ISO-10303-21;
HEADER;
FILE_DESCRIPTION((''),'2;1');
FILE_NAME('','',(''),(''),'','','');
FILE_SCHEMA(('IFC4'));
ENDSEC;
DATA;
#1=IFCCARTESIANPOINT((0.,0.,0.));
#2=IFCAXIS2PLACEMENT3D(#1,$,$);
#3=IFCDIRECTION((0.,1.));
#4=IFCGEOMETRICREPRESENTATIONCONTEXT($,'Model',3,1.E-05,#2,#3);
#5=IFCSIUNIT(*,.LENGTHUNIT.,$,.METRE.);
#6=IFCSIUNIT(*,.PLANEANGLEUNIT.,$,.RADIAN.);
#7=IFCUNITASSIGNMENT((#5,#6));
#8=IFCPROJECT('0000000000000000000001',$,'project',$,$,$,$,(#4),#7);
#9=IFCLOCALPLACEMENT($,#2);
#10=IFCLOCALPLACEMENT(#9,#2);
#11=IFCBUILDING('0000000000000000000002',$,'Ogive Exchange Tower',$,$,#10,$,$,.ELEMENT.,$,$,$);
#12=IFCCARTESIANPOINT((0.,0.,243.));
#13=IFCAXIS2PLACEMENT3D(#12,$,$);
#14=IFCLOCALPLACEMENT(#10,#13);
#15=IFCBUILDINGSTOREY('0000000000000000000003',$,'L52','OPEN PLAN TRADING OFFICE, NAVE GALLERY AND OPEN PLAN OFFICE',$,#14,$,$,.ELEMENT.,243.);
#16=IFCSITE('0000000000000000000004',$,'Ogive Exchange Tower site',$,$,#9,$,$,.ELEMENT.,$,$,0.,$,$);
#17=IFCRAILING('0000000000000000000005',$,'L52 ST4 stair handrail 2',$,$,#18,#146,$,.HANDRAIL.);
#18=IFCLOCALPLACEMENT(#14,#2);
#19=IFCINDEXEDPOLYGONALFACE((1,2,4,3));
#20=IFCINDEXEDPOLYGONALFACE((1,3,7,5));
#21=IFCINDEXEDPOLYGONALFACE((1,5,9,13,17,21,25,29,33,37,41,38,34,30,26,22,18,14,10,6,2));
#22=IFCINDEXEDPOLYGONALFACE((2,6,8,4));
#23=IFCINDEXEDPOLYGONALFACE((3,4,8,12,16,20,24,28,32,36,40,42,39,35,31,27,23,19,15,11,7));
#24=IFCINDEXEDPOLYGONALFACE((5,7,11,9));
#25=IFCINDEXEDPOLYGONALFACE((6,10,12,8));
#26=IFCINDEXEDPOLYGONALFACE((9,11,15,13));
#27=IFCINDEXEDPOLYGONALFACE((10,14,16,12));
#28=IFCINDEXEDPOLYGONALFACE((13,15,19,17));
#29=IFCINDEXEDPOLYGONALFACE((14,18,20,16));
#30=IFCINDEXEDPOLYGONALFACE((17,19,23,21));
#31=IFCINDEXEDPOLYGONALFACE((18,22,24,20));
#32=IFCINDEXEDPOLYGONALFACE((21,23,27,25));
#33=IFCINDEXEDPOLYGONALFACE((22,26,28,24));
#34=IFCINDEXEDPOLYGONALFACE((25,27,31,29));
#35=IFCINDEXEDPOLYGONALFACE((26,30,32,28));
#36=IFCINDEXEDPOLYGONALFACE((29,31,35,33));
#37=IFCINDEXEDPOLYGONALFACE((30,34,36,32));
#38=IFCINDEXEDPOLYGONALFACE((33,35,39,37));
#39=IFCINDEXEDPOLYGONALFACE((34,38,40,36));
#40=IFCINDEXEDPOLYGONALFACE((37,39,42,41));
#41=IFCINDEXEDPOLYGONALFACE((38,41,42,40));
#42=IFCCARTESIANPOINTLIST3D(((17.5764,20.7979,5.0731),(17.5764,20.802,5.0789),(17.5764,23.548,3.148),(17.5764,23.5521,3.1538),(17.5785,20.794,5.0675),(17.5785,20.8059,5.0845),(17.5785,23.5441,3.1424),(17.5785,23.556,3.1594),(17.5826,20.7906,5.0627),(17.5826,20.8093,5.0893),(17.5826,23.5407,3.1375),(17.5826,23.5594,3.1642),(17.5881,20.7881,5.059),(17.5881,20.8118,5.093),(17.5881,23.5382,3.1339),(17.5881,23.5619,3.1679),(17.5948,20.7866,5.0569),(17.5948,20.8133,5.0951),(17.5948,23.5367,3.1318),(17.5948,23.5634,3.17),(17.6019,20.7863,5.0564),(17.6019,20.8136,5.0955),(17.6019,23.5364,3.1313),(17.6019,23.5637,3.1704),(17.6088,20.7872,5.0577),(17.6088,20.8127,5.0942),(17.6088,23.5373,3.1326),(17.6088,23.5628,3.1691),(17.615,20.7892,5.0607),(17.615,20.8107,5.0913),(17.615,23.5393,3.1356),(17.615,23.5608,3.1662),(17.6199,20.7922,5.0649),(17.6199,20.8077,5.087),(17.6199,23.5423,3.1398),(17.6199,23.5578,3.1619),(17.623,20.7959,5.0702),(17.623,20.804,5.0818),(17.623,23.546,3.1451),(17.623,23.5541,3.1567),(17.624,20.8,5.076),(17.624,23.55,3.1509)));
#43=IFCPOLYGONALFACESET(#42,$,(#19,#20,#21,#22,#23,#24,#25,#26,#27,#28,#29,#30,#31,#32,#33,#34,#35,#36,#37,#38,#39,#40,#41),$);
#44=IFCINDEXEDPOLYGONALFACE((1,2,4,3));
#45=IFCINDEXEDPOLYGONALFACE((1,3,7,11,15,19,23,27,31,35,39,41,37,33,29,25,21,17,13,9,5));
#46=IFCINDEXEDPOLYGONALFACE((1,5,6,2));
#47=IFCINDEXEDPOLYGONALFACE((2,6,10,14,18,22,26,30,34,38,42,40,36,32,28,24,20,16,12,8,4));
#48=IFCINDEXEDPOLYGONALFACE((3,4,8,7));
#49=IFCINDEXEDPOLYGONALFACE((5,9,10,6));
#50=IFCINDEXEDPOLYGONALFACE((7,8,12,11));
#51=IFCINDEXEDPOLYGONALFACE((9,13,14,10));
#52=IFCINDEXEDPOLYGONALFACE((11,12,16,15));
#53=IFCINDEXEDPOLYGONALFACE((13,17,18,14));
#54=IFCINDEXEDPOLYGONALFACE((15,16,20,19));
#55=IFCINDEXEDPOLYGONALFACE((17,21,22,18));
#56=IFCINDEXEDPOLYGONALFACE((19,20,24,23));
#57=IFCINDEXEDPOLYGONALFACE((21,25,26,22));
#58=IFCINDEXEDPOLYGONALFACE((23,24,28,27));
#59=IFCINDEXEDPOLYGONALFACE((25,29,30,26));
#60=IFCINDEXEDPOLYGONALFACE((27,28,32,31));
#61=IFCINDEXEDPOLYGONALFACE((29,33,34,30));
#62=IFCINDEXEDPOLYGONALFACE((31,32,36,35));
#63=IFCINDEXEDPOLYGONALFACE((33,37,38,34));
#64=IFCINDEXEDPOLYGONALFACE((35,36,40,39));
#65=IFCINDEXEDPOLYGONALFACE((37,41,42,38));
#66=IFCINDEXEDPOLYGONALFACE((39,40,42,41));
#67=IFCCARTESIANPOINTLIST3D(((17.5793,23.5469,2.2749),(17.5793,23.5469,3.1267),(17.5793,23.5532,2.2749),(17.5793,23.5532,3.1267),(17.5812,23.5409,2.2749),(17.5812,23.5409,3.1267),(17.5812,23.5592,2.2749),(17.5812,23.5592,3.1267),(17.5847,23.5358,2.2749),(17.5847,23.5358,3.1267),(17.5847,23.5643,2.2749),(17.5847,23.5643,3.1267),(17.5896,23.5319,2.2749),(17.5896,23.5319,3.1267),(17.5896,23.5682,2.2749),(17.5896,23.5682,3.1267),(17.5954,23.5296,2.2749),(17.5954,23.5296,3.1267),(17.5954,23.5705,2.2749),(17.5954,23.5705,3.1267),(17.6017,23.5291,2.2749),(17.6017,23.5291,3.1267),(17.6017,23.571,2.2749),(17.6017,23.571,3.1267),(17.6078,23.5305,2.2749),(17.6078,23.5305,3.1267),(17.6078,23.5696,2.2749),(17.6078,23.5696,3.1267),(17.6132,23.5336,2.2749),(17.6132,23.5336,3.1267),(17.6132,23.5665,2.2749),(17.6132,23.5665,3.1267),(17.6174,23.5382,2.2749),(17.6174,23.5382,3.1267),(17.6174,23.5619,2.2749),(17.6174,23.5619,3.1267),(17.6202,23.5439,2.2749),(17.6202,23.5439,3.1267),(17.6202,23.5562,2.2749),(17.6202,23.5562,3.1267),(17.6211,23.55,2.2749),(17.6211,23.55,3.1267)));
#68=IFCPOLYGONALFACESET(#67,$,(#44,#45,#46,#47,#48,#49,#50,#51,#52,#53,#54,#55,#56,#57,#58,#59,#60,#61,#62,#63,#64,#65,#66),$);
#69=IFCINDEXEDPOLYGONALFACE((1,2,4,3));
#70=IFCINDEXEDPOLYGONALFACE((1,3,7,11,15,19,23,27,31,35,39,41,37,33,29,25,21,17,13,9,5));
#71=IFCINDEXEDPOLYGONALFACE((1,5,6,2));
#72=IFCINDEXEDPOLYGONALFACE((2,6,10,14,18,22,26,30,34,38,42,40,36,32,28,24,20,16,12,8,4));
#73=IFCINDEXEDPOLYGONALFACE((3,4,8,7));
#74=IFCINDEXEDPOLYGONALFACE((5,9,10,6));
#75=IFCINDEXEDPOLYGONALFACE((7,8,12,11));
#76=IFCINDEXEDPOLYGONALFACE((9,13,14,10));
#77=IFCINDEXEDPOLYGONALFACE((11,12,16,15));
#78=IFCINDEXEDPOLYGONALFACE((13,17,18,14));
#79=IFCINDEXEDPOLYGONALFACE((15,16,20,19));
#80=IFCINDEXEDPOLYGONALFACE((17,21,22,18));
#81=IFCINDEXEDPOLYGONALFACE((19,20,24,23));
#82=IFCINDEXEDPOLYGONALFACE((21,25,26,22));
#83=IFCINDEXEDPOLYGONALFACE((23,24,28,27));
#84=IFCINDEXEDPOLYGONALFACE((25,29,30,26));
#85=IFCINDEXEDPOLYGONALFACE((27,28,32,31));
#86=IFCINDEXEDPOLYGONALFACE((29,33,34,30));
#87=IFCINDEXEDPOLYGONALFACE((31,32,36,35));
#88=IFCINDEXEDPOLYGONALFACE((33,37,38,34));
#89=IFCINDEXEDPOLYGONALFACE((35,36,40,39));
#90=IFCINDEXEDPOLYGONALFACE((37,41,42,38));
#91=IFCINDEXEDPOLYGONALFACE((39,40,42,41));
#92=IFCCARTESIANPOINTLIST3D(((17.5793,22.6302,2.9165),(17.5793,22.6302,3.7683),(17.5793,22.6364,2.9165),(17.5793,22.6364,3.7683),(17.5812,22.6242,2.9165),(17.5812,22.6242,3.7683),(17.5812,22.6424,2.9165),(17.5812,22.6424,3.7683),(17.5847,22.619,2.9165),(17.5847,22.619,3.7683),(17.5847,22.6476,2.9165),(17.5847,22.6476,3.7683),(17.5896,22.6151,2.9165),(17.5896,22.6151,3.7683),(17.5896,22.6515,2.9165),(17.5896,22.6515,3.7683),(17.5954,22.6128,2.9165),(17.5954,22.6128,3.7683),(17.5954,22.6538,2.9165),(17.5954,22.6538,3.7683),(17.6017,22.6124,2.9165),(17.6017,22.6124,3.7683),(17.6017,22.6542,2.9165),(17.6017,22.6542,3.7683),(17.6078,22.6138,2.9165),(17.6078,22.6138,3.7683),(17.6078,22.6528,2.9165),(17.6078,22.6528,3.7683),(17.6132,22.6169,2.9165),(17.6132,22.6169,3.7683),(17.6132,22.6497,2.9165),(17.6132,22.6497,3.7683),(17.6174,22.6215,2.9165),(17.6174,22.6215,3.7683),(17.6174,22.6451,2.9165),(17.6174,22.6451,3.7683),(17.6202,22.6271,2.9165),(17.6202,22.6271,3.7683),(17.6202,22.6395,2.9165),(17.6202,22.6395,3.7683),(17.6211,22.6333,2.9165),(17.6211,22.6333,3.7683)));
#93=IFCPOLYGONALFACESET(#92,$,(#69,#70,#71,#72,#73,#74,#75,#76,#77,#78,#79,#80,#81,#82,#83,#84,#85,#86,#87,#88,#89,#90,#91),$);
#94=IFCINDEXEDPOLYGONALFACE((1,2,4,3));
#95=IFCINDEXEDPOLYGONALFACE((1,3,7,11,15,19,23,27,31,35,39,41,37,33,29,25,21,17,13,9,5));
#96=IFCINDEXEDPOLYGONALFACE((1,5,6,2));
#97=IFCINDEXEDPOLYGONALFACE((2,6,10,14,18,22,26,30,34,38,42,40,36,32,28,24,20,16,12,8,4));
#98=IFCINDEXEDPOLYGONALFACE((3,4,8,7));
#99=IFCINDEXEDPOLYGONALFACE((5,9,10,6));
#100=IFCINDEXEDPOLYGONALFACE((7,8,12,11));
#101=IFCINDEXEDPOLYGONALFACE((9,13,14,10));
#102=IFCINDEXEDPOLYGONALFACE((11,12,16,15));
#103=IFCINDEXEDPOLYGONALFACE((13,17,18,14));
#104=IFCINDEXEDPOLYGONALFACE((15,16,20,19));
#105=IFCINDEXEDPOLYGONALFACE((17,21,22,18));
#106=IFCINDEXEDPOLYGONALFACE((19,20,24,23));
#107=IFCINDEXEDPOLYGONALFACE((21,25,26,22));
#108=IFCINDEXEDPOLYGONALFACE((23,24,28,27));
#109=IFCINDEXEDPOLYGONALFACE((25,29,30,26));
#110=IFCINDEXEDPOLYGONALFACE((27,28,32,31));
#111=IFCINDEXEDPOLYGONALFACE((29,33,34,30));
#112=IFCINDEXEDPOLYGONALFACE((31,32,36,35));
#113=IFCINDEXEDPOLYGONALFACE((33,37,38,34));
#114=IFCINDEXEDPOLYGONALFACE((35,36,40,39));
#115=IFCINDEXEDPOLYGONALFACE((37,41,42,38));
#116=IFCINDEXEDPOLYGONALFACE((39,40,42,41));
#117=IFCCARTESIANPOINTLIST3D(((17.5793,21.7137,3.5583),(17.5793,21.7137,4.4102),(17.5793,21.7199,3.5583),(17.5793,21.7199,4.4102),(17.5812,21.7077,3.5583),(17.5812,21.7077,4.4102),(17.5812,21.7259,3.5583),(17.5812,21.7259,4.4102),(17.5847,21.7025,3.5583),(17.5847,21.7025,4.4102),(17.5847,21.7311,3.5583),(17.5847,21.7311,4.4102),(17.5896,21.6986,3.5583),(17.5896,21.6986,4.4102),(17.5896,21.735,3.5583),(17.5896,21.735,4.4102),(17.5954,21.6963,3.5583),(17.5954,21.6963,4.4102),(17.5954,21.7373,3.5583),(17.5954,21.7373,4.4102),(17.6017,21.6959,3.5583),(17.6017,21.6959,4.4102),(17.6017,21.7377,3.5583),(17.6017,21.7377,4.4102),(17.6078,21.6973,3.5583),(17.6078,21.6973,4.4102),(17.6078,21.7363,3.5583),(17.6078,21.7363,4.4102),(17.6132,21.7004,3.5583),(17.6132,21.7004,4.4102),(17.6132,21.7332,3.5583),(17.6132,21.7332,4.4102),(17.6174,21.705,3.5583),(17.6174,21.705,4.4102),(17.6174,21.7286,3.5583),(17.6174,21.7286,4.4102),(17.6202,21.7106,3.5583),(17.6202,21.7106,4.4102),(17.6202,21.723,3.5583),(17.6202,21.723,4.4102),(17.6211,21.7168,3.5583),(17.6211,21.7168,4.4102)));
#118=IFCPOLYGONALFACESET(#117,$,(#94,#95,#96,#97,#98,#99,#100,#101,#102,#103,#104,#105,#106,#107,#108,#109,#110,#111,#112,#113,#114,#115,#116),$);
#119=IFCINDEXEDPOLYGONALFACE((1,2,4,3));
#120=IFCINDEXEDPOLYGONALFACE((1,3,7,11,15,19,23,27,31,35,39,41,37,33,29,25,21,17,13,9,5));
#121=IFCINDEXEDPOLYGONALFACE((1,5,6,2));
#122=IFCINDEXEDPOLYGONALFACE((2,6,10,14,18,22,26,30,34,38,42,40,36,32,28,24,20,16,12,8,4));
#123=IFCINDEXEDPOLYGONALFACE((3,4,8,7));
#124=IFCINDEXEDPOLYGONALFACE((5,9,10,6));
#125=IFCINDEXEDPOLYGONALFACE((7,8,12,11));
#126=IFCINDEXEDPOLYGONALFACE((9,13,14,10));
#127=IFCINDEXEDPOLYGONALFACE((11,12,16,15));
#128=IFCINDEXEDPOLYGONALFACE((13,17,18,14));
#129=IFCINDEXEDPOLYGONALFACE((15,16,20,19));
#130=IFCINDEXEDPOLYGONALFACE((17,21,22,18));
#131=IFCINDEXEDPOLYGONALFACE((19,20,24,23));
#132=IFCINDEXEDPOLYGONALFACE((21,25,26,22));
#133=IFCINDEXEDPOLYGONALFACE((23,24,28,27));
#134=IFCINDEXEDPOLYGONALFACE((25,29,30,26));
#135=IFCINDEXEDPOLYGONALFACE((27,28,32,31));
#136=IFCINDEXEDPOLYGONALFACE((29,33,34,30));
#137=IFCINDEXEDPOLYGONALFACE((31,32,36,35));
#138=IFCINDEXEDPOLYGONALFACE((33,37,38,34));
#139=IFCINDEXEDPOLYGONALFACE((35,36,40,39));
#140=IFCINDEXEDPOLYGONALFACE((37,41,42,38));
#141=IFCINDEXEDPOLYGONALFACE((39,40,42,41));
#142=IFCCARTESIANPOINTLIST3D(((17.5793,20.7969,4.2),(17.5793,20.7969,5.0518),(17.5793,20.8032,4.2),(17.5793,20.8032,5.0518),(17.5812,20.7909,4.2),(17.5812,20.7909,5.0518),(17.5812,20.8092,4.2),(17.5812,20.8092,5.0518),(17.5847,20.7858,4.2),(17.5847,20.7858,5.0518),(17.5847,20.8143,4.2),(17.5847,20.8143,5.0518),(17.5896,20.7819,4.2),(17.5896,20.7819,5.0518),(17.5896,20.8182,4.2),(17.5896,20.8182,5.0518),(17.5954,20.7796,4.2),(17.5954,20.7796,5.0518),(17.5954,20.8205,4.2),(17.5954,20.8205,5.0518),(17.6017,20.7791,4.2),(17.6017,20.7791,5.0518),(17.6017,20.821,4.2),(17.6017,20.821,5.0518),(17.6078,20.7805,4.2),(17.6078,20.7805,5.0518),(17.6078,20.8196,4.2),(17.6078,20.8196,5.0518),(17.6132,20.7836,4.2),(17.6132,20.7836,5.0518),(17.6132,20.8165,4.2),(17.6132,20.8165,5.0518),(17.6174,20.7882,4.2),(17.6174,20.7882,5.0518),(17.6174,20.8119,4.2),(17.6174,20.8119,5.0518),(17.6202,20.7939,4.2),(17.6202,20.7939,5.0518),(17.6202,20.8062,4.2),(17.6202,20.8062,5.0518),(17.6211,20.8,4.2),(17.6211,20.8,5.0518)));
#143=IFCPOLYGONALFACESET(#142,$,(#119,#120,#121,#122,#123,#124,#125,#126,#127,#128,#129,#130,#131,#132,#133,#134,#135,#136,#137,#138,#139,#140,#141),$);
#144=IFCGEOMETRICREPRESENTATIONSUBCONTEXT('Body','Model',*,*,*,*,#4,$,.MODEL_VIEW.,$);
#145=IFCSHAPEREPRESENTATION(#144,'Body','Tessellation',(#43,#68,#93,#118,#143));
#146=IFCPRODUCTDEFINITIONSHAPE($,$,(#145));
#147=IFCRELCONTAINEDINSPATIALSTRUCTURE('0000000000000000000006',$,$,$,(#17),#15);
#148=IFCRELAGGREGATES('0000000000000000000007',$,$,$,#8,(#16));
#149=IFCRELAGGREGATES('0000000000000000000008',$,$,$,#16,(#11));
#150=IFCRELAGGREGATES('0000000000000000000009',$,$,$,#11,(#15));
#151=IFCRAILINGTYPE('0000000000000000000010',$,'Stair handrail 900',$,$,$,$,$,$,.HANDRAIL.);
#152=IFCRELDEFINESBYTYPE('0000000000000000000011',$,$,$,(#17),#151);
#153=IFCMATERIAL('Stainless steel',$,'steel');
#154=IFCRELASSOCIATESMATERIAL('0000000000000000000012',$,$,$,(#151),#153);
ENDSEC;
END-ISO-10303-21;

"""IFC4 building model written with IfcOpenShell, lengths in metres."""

from ifc_helpers import new_model, si_unit, direction, frame, origin, origin_2d, place, context, subcontext, project, spatial, circle, extrude, material, type_object, element, save


model = new_model("IFC4")

# Units and contexts
model_context = context("Model", 3, precision=1e-05, world=origin(), true_north=direction((0.0, 1.0)))
body_context = subcontext(model_context, "Body", "Model", "MODEL_VIEW")
ifc_project = project(units=[si_unit("LENGTHUNIT", "METRE"), si_unit("PLANEANGLEUNIT", "RADIAN")], contexts=[model_context])

# Site, building, storey
site_placement = place(None, origin())
site = spatial("IfcSite", under=ifc_project, at=site_placement, Name="Ogive Exchange Tower site", CompositionType="ELEMENT", RefElevation=0.0)
building_placement = place(site_placement, origin())
building = spatial("IfcBuilding", under=site, at=building_placement, Name="Ogive Exchange Tower", CompositionType="ELEMENT")
storey_placement = place(building_placement, frame((0.0, 0.0, 243.0)))
storey = spatial("IfcBuildingStorey", under=building, at=storey_placement, Name="L52", Description="OPEN PLAN TRADING OFFICE, NAVE GALLERY AND OPEN PLAN OFFICE", CompositionType="ELEMENT", Elevation=243.0)

# Railing
ifc_material_1 = material(Name="Stainless steel", Category="steel")
railing_type = type_object("IfcRailingType", Name="Stair handrail 900", PredefinedType="HANDRAIL", material=ifc_material_1)
railing_1_placement = place(storey_placement, frame((17.6001, 23.55, 2.2749)))
element("IfcRailing", 1, at=railing_1_placement, inside=storey, type_object=railing_type, Name="L52 ST4 stair handrail 2", PredefinedType="HANDRAIL", context=body_context, shape_type="SweptSolid", body=[
    extrude(circle(Radius=0.0239, at=origin_2d()), frame((0.0, 0.0, 0.876), z_axis=(0.0, -0.819225, 0.573472), x_axis=(1.0, 0.0, 0.0)), (0.0, 0.0, 1.0), 3.3569),
    extrude(circle(Radius=0.021, at=origin_2d()), origin(), (0.0, 0.0, 1.0), 0.8518),
    extrude(circle(Radius=0.021, at=origin_2d()), frame((0.0, -0.9167, 0.6416)), (0.0, 0.0, 1.0), 0.8518),
    extrude(circle(Radius=0.021, at=origin_2d()), frame((0.0, -1.8333, 1.2834)), (0.0, 0.0, 1.0), 0.8518),
    extrude(circle(Radius=0.021, at=origin_2d()), frame((0.0, -2.75, 1.925)), (0.0, 0.0, 1.0), 0.8518),
])

save(model, "model.ifc")
